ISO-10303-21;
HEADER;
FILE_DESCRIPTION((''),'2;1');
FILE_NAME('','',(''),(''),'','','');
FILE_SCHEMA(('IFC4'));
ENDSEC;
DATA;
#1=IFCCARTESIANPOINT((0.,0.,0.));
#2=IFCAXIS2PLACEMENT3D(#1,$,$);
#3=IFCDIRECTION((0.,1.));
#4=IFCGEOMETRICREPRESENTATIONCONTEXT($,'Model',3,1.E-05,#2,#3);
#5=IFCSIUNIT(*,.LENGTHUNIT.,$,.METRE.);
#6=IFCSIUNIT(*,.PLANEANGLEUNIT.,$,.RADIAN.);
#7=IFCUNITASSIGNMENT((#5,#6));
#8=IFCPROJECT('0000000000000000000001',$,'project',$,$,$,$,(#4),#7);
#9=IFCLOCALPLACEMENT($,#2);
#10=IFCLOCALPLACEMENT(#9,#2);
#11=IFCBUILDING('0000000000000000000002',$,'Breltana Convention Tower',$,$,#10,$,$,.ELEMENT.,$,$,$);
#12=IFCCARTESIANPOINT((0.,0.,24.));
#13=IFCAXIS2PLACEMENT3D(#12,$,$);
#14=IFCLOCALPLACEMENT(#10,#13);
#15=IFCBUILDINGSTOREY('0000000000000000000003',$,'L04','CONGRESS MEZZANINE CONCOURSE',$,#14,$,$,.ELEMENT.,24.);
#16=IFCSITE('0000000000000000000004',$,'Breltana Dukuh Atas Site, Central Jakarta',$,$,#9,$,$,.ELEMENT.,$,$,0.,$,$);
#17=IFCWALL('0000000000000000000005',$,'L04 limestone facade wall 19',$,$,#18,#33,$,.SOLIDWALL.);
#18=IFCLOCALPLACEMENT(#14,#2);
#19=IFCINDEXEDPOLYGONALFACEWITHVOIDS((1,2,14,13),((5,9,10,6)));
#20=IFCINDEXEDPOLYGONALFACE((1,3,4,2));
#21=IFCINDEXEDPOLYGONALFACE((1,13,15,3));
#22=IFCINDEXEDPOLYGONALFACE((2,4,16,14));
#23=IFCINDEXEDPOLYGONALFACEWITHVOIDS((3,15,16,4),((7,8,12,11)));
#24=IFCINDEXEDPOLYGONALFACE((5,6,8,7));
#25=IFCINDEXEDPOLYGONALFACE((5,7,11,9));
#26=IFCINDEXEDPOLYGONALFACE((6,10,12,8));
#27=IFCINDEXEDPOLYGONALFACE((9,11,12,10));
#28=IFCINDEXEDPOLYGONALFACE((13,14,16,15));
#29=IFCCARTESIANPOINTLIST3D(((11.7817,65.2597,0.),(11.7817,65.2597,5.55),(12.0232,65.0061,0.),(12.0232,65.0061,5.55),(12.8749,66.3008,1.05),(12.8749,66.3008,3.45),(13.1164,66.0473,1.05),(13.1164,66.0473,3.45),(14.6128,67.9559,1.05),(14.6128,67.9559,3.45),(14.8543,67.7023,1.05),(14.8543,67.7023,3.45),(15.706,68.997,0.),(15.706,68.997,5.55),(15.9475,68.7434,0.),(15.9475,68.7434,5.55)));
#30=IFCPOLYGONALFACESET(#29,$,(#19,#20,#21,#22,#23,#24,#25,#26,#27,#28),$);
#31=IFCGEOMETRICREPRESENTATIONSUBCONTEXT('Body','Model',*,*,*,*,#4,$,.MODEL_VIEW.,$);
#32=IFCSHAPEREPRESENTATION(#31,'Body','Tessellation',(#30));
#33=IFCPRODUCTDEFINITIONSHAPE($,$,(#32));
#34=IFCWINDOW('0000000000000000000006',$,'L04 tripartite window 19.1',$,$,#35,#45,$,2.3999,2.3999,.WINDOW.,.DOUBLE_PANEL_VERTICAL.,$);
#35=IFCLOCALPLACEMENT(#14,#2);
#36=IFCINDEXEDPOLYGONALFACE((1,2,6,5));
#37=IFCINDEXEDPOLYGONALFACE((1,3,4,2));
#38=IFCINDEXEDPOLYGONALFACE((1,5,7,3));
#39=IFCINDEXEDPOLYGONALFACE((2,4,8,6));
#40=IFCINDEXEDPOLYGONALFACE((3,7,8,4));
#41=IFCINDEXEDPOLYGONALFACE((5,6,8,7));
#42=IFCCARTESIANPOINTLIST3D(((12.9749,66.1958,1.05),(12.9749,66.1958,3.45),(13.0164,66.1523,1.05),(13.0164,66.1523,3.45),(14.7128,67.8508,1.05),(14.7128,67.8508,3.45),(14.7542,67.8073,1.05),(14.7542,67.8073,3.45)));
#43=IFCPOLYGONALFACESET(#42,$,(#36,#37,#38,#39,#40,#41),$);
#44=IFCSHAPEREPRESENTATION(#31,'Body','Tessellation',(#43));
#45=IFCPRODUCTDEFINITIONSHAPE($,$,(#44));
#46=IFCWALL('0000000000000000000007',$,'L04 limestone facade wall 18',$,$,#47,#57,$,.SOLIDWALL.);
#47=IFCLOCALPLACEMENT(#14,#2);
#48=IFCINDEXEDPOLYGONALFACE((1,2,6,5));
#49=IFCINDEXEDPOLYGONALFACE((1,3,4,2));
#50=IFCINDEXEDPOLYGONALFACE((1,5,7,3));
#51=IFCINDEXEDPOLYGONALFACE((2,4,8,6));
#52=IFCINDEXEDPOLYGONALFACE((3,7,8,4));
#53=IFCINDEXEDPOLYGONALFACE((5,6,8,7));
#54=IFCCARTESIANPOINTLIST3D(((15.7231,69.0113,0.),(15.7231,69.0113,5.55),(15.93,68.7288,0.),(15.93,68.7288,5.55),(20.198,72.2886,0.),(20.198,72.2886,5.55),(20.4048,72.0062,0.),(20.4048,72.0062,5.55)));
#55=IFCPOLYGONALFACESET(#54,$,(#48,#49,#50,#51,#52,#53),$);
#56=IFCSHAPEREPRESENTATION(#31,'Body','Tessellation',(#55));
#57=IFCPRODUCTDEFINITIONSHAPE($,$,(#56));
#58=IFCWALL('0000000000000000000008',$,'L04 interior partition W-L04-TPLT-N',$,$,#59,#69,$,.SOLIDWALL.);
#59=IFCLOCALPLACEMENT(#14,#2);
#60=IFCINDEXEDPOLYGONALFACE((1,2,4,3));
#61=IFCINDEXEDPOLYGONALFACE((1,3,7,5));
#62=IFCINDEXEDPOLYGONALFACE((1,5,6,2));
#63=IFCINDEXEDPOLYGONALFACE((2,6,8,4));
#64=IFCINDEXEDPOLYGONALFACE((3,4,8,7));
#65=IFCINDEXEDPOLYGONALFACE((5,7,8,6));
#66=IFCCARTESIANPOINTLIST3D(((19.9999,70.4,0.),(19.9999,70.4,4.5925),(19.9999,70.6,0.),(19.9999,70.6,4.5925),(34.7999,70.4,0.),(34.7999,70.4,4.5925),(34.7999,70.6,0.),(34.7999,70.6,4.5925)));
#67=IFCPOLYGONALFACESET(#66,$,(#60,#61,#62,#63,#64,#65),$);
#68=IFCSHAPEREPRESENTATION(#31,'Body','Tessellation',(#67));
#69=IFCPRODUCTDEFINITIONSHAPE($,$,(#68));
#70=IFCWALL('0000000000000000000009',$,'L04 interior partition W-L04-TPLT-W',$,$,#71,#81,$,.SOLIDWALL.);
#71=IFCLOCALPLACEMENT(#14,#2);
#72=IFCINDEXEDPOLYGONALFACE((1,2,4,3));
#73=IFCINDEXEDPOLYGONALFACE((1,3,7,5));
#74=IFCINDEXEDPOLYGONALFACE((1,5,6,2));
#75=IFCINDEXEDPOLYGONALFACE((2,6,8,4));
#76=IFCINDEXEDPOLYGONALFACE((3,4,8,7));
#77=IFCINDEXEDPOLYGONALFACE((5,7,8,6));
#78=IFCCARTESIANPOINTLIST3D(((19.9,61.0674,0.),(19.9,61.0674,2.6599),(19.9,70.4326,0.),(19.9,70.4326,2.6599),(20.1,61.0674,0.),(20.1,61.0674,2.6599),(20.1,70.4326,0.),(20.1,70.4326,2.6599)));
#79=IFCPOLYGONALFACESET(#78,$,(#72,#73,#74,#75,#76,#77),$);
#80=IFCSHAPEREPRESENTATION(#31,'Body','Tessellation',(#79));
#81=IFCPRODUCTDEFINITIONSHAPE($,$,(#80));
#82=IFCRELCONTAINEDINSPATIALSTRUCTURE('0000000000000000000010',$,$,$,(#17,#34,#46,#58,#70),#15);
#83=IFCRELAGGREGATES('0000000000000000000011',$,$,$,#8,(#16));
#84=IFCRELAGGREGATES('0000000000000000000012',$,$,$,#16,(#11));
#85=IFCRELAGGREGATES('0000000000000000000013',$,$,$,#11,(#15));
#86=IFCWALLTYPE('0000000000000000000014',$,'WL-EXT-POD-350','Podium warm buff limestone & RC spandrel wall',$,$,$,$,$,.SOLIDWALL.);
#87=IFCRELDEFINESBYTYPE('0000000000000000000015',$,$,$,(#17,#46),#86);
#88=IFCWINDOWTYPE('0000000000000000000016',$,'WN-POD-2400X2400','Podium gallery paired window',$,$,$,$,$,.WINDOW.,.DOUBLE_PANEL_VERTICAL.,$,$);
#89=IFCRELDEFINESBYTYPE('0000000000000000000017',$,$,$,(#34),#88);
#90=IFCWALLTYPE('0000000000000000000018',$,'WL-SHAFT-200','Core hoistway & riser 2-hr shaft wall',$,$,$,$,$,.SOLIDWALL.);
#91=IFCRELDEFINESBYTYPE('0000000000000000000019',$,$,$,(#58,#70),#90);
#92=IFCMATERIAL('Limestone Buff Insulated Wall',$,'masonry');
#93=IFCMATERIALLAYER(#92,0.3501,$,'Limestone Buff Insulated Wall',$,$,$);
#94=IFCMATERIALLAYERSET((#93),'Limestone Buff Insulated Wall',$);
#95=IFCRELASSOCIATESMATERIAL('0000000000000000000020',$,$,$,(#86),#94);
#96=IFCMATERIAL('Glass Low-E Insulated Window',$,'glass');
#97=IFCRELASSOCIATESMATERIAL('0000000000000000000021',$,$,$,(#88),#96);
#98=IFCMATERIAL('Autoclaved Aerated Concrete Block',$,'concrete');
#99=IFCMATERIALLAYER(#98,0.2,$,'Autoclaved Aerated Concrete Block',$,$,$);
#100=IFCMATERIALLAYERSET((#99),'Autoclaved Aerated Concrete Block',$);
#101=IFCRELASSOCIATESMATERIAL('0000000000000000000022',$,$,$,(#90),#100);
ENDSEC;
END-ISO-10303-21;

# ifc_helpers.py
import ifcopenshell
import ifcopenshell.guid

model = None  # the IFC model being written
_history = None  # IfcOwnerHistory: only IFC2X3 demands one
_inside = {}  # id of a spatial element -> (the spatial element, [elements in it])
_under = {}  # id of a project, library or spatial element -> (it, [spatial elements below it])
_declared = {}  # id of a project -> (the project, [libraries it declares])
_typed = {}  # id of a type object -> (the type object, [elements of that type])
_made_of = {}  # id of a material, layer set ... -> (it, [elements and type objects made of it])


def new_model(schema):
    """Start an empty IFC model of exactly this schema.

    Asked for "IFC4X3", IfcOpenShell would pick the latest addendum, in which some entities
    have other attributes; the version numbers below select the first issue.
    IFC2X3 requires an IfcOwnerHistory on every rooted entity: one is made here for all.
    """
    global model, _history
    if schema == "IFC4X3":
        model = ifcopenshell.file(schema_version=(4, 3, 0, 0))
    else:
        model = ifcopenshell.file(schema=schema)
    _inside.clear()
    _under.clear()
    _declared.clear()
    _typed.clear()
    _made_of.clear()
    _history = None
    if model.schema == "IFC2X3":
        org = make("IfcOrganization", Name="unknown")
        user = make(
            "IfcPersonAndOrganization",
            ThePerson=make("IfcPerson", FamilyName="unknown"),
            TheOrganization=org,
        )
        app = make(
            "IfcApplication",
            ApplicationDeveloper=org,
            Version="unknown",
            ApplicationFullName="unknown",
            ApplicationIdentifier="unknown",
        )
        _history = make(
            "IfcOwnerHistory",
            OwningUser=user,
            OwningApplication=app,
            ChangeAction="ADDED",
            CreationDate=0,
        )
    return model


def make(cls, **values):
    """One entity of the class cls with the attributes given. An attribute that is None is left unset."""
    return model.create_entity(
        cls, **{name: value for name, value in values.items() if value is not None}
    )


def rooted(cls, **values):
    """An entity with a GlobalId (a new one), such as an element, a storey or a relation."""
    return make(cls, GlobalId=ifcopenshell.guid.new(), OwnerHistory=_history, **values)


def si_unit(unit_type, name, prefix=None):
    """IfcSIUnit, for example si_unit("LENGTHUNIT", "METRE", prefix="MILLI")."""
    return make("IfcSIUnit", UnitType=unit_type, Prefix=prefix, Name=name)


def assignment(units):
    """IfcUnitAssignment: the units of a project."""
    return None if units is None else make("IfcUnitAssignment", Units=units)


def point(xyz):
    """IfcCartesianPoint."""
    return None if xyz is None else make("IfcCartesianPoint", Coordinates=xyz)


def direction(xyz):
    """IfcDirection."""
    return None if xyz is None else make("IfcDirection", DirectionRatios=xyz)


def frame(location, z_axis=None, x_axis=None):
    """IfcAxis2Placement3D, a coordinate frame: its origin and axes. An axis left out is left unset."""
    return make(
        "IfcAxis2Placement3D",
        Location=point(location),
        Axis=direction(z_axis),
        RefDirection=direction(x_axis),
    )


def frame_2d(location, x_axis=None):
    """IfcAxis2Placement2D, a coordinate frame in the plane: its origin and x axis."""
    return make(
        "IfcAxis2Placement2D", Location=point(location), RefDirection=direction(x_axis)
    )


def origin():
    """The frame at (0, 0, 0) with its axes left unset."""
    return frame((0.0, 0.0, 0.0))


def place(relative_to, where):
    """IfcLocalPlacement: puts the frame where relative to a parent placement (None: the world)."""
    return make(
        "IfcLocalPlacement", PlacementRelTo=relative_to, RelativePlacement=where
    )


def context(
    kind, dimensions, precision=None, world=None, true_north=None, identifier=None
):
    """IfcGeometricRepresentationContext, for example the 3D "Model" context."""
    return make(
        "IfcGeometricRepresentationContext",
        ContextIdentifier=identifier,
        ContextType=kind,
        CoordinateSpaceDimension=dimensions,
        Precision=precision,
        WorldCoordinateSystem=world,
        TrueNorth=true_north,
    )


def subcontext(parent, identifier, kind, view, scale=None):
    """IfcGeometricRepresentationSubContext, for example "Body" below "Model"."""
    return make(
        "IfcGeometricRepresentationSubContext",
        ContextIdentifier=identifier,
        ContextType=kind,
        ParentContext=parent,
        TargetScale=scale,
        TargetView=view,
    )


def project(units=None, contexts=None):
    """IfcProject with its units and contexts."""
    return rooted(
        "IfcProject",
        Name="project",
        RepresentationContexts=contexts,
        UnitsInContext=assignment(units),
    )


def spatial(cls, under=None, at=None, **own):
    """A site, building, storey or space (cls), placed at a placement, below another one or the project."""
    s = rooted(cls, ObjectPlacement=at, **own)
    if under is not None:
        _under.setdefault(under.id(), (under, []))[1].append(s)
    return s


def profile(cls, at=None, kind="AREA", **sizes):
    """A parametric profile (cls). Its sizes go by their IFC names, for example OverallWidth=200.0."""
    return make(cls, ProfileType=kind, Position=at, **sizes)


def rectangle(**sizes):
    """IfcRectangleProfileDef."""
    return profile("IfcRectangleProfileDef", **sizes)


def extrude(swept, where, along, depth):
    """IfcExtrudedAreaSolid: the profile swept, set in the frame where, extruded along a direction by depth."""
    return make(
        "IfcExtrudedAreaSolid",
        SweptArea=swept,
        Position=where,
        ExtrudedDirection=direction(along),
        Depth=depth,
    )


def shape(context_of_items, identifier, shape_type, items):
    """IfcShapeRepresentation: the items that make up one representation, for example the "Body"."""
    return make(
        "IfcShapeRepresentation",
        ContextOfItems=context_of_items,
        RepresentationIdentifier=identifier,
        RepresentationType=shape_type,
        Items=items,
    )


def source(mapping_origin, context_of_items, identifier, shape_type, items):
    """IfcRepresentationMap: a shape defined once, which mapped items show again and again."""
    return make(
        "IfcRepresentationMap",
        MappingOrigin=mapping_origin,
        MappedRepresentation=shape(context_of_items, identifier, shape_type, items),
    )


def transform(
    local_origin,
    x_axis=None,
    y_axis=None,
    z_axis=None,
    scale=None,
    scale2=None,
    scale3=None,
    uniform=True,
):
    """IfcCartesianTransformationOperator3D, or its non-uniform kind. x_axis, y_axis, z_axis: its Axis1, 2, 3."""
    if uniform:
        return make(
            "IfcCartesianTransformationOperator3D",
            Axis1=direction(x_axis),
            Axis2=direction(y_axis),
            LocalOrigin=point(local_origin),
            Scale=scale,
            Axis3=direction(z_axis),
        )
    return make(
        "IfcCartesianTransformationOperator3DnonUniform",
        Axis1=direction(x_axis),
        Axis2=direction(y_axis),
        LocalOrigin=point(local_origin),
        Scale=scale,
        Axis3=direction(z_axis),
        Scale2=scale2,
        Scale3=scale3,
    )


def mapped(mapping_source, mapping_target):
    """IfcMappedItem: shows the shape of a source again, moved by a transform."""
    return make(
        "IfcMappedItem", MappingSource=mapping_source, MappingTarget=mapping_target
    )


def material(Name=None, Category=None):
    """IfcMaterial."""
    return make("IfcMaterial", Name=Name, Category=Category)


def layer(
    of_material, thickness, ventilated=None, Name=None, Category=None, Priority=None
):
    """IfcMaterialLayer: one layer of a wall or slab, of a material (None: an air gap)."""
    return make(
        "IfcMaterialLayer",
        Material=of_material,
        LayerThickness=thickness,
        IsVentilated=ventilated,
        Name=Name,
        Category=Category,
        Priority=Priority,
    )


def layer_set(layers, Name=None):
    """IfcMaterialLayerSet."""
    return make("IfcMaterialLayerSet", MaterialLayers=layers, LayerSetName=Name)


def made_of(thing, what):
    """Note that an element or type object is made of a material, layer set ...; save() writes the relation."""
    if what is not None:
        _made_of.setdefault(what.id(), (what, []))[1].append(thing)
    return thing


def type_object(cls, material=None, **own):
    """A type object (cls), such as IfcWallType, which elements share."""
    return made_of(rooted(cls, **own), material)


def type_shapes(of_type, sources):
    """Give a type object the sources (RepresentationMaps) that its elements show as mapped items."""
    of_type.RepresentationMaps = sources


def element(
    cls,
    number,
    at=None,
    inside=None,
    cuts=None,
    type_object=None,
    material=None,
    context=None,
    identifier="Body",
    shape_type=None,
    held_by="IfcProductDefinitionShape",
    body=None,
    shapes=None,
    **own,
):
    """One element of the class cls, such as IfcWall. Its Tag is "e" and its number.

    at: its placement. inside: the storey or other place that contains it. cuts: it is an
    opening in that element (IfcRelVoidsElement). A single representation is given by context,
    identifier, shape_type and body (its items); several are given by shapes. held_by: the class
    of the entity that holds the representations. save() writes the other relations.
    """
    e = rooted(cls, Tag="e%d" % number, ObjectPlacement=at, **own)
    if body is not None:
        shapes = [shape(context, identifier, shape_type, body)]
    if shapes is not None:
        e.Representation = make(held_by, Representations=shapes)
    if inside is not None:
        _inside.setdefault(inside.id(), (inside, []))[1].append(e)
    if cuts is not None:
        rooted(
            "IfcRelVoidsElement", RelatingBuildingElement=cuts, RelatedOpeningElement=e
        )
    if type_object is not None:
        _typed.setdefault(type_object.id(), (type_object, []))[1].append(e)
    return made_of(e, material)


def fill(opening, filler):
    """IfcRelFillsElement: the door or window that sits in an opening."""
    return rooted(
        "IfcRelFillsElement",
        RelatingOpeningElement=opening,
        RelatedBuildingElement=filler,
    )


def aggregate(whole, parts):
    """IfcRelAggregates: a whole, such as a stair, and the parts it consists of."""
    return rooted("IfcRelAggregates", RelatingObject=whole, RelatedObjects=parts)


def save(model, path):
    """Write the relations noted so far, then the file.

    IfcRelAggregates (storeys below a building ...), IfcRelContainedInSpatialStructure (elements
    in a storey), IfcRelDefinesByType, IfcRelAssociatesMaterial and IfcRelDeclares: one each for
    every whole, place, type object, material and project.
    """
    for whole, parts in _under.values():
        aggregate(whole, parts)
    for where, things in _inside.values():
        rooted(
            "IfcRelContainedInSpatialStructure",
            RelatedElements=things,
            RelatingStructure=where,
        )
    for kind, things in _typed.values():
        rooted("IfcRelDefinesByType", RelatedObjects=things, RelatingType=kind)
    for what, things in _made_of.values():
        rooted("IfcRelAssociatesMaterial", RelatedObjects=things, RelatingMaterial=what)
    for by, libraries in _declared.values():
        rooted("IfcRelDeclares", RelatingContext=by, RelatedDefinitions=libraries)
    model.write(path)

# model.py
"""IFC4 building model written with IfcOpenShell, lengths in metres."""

from ifc_helpers import new_model, si_unit, direction, frame, frame_2d, origin, place, context, subcontext, project, spatial, rectangle, extrude, source, transform, mapped, material, layer, layer_set, type_object, type_shapes, element, fill, save


model = new_model("IFC4")

# Units and contexts
model_context = context("Model", 3, precision=1e-05, world=origin(), true_north=direction((0.0, 1.0)))
body_context = subcontext(model_context, "Body", "Model", "MODEL_VIEW")
ifc_project = project(units=[si_unit("LENGTHUNIT", "METRE"), si_unit("PLANEANGLEUNIT", "RADIAN")], contexts=[model_context])

# Site, building, storey
site_placement = place(None, origin())
site = spatial("IfcSite", under=ifc_project, at=site_placement, Name="Breltana Dukuh Atas Site, Central Jakarta", CompositionType="ELEMENT", RefElevation=0.0)
building_placement = place(site_placement, origin())
building = spatial("IfcBuilding", under=site, at=building_placement, Name="Breltana Convention Tower", CompositionType="ELEMENT")
storey_placement = place(building_placement, frame((0.0, 0.0, 24.0)))
storey = spatial("IfcBuildingStorey", under=building, at=storey_placement, Name="L04", Description="CONGRESS MEZZANINE CONCOURSE", CompositionType="ELEMENT", Elevation=24.0)

# Shared definitions
ifc_material_1 = material(Name="Limestone Buff Insulated Wall", Category="masonry")
ifc_layer_1 = layer(ifc_material_1, 0.3501, Name="Limestone Buff Insulated Wall")
ifc_layer_set_1 = layer_set([ifc_layer_1], Name="Limestone Buff Insulated Wall")
wall_type_1 = type_object("IfcWallType", Name="WL-EXT-POD-350", Description="Podium warm buff limestone & RC spandrel wall", PredefinedType="SOLIDWALL", material=ifc_layer_set_1)

# Wall, opening, window
shared_shape_1 = source(origin(), body_context, "Body", "SweptSolid", [
    extrude(rectangle(XDim=5.4192, YDim=0.3501, at=frame_2d((2.7095, 0.0))), origin(), (0.0, 0.0, 1.0), 5.55),
])
wall_1_placement = place(storey_placement, frame((15.8267, 68.8701, 0.0), z_axis=(0.0, 0.0, 1.0), x_axis=(-0.724151, -0.689642, 0.0)))
wall_1 = element("IfcWall", 1, at=wall_1_placement, inside=storey, type_object=wall_type_1, Name="L04 limestone facade wall 19", PredefinedType="SOLIDWALL", context=body_context, shape_type="MappedRepresentation", body=[
    mapped(shared_shape_1, transform((0.0, 0.0, 0.0), scale=1.0)),
])
opening_placement = place(wall_1_placement, frame((1.5095, 0.0, 1.05)))
opening = element("IfcOpeningElement", 2, at=opening_placement, cuts=wall_1, PredefinedType="OPENING", context=body_context, shape_type="SweptSolid", body=[
    extrude(rectangle(XDim=2.3999, YDim=2.3999, at=frame_2d((1.2, 1.2))), frame((0.0, 0.1851, 0.0), z_axis=(0.0, -1.0, 0.0), x_axis=(1.0, 0.0, 0.0)), (0.0, 0.0, 1.0), 0.3701),
])
ifc_material_2 = material(Name="Glass Low-E Insulated Window", Category="glass")
window_type = type_object("IfcWindowType", Name="WN-POD-2400X2400", Description="Podium gallery paired window", PartitioningType="DOUBLE_PANEL_VERTICAL", PredefinedType="WINDOW", material=ifc_material_2)
shared_shape_2 = source(origin(), body_context, "Body", "SweptSolid", [
    extrude(rectangle(XDim=2.3999, YDim=2.3999, at=frame_2d((1.2, 1.2))), frame((0.0, 0.03, 0.0), z_axis=(0.0, -1.0, 0.0), x_axis=(1.0, 0.0, 0.0)), (0.0, 0.0, 1.0), 0.0601),
])
type_shapes(window_type, [shared_shape_2])
window_placement = place(opening_placement, origin())
window = element("IfcWindow", 3, at=window_placement, inside=storey, type_object=window_type, Name="L04 tripartite window 19.1", OverallHeight=2.3999, OverallWidth=2.3999, PartitioningType="DOUBLE_PANEL_VERTICAL", PredefinedType="WINDOW", context=body_context, shape_type="MappedRepresentation", body=[
    mapped(shared_shape_2, transform((0.0, 0.0, 0.0), scale=1.0)),
])
fill(opening, window)

# Walls
shared_shape_3 = source(origin(), body_context, "Body", "SweptSolid", [
    extrude(rectangle(XDim=5.5466, YDim=0.3501, at=frame_2d((2.7734, 0.0))), origin(), (0.0, 0.0, 1.0), 5.55),
])
wall_2_placement = place(storey_placement, frame((20.3015, 72.1475, 0.0), z_axis=(0.0, 0.0, 1.0), x_axis=(-0.806767, -0.590869, 0.0)))
element("IfcWall", 4, at=wall_2_placement, inside=storey, type_object=wall_type_1, Name="L04 limestone facade wall 18", PredefinedType="SOLIDWALL", context=body_context, shape_type="MappedRepresentation", body=[
    mapped(shared_shape_3, transform((0.0, 0.0, 0.0), scale=1.0)),
])
ifc_material_3 = material(Name="Autoclaved Aerated Concrete Block", Category="concrete")
ifc_layer_2 = layer(ifc_material_3, 0.2, Name="Autoclaved Aerated Concrete Block")
ifc_layer_set_2 = layer_set([ifc_layer_2], Name="Autoclaved Aerated Concrete Block")
wall_type_2 = type_object("IfcWallType", Name="WL-SHAFT-200", Description="Core hoistway & riser 2-hr shaft wall", PredefinedType="SOLIDWALL", material=ifc_layer_set_2)
shared_shape_4 = source(origin(), body_context, "Body", "SweptSolid", [
    extrude(rectangle(XDim=14.8, YDim=0.2, at=frame_2d((7.3999, 0.0))), origin(), (0.0, 0.0, 1.0), 4.5925),
])
wall_3_placement = place(storey_placement, frame((20.0, 70.5, 0.0), z_axis=(0.0, 0.0, 1.0), x_axis=(1.0, 0.0, 0.0)))
element("IfcWall", 5, at=wall_3_placement, inside=storey, type_object=wall_type_2, Name="L04 interior partition W-L04-TPLT-N", PredefinedType="SOLIDWALL", context=body_context, shape_type="MappedRepresentation", body=[
    mapped(shared_shape_4, transform((0.0, 0.0, 0.0), scale=1.0)),
])
shared_shape_5 = source(origin(), body_context, "Body", "SweptSolid", [
    extrude(rectangle(XDim=9.3652, YDim=0.2, at=frame_2d((4.6826, 0.0))), origin(), (0.0, 0.0, 1.0), 2.6599),
])
wall_4_placement = place(storey_placement, frame((20.0, 61.0674, 0.0), z_axis=(0.0, 0.0, 1.0), x_axis=(0.0, 1.0, 0.0)))
element("IfcWall", 6, at=wall_4_placement, inside=storey, type_object=wall_type_2, Name="L04 interior partition W-L04-TPLT-W", PredefinedType="SOLIDWALL", context=body_context, shape_type="MappedRepresentation", body=[
    mapped(shared_shape_5, transform((0.0, 0.0, 0.0), scale=1.0)),
])

save(model, "model.ifc")
